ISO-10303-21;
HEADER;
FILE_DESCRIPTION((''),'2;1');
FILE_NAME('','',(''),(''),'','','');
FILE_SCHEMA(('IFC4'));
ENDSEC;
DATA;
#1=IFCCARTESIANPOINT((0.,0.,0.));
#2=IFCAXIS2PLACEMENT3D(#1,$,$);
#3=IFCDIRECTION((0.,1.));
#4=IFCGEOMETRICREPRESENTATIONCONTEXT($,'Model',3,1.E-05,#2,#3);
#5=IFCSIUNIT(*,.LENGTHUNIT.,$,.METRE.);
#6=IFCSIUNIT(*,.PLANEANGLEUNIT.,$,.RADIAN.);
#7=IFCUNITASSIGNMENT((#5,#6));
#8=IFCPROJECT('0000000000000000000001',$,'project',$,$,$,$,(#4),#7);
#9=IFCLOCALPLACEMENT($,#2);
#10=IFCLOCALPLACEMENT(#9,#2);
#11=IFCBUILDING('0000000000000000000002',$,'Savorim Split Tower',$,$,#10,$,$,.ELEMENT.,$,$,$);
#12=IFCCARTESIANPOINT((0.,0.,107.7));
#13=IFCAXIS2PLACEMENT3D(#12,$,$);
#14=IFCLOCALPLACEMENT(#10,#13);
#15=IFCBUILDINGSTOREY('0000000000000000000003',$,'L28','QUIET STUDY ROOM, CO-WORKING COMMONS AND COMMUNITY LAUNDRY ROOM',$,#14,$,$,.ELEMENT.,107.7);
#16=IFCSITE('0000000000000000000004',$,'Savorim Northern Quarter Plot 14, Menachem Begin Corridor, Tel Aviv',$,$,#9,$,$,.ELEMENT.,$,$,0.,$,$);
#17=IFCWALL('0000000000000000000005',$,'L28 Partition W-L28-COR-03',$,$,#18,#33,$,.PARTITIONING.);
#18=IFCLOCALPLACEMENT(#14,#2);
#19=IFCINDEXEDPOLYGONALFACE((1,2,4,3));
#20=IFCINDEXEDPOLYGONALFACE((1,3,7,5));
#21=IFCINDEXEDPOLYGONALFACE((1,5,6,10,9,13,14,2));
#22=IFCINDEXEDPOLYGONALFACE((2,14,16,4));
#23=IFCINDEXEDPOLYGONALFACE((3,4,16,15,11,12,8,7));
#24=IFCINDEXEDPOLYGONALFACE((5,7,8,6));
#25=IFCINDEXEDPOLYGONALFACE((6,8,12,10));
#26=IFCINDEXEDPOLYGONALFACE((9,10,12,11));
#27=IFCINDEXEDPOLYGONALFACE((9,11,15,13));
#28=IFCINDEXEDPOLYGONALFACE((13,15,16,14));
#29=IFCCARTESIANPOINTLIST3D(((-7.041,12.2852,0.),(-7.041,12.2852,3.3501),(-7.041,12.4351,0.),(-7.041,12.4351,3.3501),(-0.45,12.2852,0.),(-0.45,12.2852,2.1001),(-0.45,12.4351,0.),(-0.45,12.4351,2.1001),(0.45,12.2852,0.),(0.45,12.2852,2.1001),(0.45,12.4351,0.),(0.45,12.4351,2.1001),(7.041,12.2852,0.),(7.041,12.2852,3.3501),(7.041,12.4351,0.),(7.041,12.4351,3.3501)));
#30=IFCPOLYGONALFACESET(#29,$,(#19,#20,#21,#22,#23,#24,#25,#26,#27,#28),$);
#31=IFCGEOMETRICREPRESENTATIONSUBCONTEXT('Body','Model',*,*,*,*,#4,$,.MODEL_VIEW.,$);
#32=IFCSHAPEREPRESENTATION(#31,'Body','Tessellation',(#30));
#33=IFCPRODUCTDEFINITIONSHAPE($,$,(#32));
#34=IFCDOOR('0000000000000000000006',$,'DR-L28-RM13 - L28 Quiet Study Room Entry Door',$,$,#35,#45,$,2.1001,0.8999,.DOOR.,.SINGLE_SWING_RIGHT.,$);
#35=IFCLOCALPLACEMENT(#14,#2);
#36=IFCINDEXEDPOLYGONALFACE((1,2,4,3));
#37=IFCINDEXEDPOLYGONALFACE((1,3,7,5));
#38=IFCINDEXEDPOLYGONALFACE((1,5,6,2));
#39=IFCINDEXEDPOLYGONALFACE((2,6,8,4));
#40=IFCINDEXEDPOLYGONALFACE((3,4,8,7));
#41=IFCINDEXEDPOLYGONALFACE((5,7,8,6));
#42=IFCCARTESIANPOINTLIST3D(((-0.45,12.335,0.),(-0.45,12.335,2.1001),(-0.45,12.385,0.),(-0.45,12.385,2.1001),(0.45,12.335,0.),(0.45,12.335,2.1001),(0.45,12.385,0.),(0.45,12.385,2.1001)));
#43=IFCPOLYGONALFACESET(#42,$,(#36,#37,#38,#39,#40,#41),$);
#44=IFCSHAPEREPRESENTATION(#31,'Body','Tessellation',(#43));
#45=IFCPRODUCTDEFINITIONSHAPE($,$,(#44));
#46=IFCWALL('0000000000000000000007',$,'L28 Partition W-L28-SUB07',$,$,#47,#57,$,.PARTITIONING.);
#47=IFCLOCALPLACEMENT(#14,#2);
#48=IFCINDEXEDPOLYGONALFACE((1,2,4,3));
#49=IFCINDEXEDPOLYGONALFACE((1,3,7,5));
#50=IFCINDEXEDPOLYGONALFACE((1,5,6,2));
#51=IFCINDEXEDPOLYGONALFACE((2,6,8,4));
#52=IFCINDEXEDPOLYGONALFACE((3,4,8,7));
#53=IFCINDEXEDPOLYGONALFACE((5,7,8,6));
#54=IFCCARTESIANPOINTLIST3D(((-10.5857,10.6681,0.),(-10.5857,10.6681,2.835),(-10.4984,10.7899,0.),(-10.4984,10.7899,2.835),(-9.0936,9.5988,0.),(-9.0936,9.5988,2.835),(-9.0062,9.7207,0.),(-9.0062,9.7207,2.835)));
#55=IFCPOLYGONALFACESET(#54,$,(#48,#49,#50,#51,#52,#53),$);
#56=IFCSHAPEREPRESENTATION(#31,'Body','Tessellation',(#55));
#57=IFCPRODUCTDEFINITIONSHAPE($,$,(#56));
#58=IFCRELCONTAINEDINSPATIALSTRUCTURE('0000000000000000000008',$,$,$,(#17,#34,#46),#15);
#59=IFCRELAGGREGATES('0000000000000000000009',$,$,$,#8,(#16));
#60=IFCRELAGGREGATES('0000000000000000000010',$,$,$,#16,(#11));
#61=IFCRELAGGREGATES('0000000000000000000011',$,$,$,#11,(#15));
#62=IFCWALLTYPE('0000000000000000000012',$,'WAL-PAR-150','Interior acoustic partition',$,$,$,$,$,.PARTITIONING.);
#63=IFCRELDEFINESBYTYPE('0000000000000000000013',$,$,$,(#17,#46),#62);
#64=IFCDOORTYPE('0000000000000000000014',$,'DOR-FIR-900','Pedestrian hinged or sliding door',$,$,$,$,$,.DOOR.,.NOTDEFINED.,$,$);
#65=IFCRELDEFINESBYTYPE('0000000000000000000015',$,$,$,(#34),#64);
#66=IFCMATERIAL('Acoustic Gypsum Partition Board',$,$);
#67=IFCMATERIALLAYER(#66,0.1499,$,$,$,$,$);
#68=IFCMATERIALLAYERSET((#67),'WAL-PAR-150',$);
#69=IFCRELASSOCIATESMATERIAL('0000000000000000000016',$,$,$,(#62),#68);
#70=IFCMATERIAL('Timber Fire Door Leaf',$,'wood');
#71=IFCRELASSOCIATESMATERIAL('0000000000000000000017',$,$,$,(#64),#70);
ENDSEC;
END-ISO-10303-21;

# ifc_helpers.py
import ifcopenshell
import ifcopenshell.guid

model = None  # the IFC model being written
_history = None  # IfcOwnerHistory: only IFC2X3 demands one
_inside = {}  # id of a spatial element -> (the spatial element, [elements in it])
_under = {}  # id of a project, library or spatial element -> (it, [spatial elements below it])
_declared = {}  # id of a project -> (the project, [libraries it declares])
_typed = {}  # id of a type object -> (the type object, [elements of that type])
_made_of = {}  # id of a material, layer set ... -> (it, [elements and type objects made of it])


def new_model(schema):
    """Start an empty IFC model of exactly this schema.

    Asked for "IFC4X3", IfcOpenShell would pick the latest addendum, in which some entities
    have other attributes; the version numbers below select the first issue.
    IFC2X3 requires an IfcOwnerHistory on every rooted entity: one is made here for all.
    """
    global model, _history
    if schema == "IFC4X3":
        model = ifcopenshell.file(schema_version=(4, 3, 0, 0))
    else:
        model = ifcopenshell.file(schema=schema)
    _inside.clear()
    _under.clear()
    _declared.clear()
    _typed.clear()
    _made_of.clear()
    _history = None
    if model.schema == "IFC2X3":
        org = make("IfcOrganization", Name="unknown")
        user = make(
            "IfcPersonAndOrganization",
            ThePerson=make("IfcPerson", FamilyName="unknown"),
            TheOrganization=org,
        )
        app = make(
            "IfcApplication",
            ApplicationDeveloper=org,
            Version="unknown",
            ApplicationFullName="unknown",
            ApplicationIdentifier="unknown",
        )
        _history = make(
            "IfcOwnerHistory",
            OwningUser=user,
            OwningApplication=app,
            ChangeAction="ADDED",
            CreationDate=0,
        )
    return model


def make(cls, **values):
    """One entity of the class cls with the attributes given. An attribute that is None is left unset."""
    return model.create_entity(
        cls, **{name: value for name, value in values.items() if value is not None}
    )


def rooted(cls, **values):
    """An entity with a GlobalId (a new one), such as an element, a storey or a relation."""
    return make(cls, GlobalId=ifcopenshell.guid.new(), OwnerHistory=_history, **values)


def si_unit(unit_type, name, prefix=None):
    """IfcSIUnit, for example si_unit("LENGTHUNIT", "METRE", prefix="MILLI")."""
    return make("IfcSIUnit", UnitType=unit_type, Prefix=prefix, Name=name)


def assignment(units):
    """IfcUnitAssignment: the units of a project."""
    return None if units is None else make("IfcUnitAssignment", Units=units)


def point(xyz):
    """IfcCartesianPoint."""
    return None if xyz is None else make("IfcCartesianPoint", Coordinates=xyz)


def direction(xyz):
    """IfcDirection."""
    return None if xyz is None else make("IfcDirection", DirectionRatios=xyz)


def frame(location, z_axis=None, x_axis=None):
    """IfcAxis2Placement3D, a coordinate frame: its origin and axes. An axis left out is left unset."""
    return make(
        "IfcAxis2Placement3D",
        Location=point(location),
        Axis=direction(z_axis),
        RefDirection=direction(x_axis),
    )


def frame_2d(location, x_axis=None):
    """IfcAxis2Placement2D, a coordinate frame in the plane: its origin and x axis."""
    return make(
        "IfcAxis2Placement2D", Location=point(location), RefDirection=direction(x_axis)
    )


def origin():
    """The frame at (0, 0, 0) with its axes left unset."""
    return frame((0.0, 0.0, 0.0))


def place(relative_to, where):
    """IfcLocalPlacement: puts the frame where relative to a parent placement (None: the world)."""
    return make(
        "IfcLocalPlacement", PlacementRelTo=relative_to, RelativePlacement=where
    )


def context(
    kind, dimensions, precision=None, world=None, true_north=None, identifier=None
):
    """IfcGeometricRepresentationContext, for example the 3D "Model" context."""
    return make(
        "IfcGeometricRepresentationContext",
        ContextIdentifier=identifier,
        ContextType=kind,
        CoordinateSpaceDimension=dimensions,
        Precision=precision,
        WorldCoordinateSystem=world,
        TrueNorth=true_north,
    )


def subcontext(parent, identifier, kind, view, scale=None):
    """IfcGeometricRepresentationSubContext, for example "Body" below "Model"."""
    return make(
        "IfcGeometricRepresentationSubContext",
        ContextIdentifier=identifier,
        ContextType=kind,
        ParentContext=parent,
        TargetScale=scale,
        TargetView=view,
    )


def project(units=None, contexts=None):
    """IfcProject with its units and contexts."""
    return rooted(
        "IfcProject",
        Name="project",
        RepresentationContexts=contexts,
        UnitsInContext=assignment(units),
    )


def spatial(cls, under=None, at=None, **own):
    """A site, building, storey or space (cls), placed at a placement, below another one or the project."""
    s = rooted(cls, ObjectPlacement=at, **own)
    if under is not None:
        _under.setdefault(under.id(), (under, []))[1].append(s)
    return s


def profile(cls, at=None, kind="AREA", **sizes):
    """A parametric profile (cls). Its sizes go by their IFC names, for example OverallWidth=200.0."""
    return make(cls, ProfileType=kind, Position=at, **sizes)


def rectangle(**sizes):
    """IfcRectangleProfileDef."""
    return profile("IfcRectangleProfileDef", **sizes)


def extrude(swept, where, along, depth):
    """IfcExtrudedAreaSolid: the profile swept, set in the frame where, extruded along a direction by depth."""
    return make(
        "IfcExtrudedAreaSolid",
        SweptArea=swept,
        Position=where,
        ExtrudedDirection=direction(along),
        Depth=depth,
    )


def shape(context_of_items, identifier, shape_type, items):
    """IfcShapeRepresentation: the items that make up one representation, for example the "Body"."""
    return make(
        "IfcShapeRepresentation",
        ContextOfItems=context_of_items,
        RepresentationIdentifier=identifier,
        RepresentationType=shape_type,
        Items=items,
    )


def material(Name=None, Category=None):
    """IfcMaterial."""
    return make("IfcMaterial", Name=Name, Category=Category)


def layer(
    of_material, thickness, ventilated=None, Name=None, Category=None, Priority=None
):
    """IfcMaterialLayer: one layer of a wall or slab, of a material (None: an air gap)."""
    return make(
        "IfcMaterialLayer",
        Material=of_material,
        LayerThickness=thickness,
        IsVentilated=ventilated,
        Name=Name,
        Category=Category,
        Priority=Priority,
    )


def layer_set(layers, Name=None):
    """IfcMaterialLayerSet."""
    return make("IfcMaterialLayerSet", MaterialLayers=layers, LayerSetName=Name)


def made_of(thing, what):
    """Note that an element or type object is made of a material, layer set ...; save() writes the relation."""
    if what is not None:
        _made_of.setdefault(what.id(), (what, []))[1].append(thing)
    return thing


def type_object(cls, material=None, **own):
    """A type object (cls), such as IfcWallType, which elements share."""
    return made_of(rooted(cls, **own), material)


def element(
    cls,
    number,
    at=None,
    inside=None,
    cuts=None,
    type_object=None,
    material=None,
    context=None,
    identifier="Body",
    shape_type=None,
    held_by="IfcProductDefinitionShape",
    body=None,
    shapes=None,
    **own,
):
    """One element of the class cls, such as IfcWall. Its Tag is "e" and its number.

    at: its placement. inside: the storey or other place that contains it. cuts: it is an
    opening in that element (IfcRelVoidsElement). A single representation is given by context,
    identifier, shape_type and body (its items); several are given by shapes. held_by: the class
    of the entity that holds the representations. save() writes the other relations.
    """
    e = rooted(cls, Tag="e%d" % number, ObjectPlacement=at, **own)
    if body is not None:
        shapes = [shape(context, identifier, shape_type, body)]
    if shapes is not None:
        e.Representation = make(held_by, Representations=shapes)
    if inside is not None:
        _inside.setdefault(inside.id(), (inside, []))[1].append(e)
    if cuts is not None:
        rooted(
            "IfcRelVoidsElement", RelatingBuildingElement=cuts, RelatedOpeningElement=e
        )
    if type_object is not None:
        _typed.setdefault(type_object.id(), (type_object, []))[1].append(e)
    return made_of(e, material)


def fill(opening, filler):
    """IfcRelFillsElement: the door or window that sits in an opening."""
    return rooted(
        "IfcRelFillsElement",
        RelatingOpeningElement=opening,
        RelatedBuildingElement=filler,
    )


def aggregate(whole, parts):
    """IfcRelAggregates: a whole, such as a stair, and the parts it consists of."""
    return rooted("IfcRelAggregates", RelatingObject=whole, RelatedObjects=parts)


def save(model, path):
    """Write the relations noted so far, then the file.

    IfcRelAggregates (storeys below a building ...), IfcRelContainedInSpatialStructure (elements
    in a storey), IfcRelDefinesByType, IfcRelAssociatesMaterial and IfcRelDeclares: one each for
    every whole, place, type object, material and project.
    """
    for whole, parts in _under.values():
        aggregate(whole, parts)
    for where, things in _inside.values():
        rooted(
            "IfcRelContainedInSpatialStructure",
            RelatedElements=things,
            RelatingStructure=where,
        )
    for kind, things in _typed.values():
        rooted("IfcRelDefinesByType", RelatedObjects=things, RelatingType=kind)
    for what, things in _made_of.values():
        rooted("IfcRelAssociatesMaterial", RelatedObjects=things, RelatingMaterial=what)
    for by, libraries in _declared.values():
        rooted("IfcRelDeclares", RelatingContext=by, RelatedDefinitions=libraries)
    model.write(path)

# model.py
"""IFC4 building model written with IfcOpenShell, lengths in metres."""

from ifc_helpers import new_model, si_unit, direction, frame, frame_2d, origin, place, context, subcontext, project, spatial, rectangle, extrude, material, layer, layer_set, type_object, element, fill, save


model = new_model("IFC4")

# Units and contexts
model_context = context("Model", 3, precision=1e-05, world=origin(), true_north=direction((0.0, 1.0)))
body_context = subcontext(model_context, "Body", "Model", "MODEL_VIEW")
ifc_project = project(units=[si_unit("LENGTHUNIT", "METRE"), si_unit("PLANEANGLEUNIT", "RADIAN")], contexts=[model_context])

# Site, building, storey
site_placement = place(None, origin())
site = spatial("IfcSite", under=ifc_project, at=site_placement, Name="Savorim Northern Quarter Plot 14, Menachem Begin Corridor, Tel Aviv", CompositionType="ELEMENT", RefElevation=0.0)
building_placement = place(site_placement, origin())
building = spatial("IfcBuilding", under=site, at=building_placement, Name="Savorim Split Tower", CompositionType="ELEMENT")
storey_placement = place(building_placement, frame((0.0, 0.0, 107.7)))
storey = spatial("IfcBuildingStorey", under=building, at=storey_placement, Name="L28", Description="QUIET STUDY ROOM, CO-WORKING COMMONS AND COMMUNITY LAUNDRY ROOM", CompositionType="ELEMENT", Elevation=107.7)

# Shared definitions
ifc_material_1 = material(Name="Acoustic Gypsum Partition Board")
ifc_layer_1 = layer(ifc_material_1, 0.1499)
ifc_layer_set_1 = layer_set([ifc_layer_1], Name="WAL-PAR-150")
wall_type_1 = type_object("IfcWallType", Name="WAL-PAR-150", Description="Interior acoustic partition", PredefinedType="PARTITIONING", material=ifc_layer_set_1)

# Wall, opening, door
wall_1_placement = place(storey_placement, frame((-7.041, 12.3601, 0.0), z_axis=(0.0, 0.0, 1.0), x_axis=(1.0, 0.0, 0.0)))
wall_1 = element("IfcWall", 1, at=wall_1_placement, inside=storey, type_object=wall_type_1, Name="L28 Partition W-L28-COR-03", PredefinedType="PARTITIONING", context=body_context, shape_type="SweptSolid", body=[
    extrude(rectangle(XDim=14.082, YDim=0.1499, at=frame_2d((7.041, 0.0))), origin(), (0.0, 0.0, 1.0), 3.3501),
])
opening_1_placement = place(wall_1_placement, frame((6.5911, 0.0, 0.0)))
opening_1 = element("IfcOpeningElement", 2, at=opening_1_placement, cuts=wall_1, PredefinedType="OPENING", context=body_context, shape_type="SweptSolid", body=[
    extrude(rectangle(XDim=0.8999, YDim=2.1001, at=frame_2d((0.45, 1.05))), frame((0.0, 0.085, 0.0), z_axis=(0.0, -1.0, 0.0), x_axis=(1.0, 0.0, 0.0)), (0.0, 0.0, 1.0), 0.1699),
])
ifc_material_2 = material(Name="Timber Fire Door Leaf", Category="wood")
door_type_1 = type_object("IfcDoorType", Name="DOR-FIR-900", Description="Pedestrian hinged or sliding door", OperationType="NOTDEFINED", PredefinedType="DOOR", material=ifc_material_2)
door_1_placement = place(opening_1_placement, origin())
door_1 = element("IfcDoor", 3, at=door_1_placement, inside=storey, type_object=door_type_1, Name="DR-L28-RM13 - L28 Quiet Study Room Entry Door", OperationType="SINGLE_SWING_RIGHT", OverallHeight=2.1001, OverallWidth=0.8999, PredefinedType="DOOR", context=body_context, shape_type="SweptSolid", body=[
    extrude(rectangle(XDim=0.8999, YDim=2.1001, at=frame_2d((0.45, 1.05))), frame((0.0, 0.0249, 0.0), z_axis=(0.0, -1.0, 0.0), x_axis=(1.0, 0.0, 0.0)), (0.0, 0.0, 1.0), 0.05),
])
fill(opening_1, door_1)

# Wall
wall_2_placement = place(storey_placement, frame((-9.0498, 9.6597, 0.0), z_axis=(0.0, 0.0, 1.0), x_axis=(-0.812834, 0.582496, 0.0)))
element("IfcWall", 4, at=wall_2_placement, inside=storey, type_object=wall_type_1, Name="L28 Partition W-L28-SUB07", PredefinedType="PARTITIONING", context=body_context, shape_type="SweptSolid", body=[
    extrude(rectangle(XDim=1.8357, YDim=0.1499, at=frame_2d((0.918, 0.0))), origin(), (0.0, 0.0, 1.0), 2.835),
])

save(model, "model.ifc")
